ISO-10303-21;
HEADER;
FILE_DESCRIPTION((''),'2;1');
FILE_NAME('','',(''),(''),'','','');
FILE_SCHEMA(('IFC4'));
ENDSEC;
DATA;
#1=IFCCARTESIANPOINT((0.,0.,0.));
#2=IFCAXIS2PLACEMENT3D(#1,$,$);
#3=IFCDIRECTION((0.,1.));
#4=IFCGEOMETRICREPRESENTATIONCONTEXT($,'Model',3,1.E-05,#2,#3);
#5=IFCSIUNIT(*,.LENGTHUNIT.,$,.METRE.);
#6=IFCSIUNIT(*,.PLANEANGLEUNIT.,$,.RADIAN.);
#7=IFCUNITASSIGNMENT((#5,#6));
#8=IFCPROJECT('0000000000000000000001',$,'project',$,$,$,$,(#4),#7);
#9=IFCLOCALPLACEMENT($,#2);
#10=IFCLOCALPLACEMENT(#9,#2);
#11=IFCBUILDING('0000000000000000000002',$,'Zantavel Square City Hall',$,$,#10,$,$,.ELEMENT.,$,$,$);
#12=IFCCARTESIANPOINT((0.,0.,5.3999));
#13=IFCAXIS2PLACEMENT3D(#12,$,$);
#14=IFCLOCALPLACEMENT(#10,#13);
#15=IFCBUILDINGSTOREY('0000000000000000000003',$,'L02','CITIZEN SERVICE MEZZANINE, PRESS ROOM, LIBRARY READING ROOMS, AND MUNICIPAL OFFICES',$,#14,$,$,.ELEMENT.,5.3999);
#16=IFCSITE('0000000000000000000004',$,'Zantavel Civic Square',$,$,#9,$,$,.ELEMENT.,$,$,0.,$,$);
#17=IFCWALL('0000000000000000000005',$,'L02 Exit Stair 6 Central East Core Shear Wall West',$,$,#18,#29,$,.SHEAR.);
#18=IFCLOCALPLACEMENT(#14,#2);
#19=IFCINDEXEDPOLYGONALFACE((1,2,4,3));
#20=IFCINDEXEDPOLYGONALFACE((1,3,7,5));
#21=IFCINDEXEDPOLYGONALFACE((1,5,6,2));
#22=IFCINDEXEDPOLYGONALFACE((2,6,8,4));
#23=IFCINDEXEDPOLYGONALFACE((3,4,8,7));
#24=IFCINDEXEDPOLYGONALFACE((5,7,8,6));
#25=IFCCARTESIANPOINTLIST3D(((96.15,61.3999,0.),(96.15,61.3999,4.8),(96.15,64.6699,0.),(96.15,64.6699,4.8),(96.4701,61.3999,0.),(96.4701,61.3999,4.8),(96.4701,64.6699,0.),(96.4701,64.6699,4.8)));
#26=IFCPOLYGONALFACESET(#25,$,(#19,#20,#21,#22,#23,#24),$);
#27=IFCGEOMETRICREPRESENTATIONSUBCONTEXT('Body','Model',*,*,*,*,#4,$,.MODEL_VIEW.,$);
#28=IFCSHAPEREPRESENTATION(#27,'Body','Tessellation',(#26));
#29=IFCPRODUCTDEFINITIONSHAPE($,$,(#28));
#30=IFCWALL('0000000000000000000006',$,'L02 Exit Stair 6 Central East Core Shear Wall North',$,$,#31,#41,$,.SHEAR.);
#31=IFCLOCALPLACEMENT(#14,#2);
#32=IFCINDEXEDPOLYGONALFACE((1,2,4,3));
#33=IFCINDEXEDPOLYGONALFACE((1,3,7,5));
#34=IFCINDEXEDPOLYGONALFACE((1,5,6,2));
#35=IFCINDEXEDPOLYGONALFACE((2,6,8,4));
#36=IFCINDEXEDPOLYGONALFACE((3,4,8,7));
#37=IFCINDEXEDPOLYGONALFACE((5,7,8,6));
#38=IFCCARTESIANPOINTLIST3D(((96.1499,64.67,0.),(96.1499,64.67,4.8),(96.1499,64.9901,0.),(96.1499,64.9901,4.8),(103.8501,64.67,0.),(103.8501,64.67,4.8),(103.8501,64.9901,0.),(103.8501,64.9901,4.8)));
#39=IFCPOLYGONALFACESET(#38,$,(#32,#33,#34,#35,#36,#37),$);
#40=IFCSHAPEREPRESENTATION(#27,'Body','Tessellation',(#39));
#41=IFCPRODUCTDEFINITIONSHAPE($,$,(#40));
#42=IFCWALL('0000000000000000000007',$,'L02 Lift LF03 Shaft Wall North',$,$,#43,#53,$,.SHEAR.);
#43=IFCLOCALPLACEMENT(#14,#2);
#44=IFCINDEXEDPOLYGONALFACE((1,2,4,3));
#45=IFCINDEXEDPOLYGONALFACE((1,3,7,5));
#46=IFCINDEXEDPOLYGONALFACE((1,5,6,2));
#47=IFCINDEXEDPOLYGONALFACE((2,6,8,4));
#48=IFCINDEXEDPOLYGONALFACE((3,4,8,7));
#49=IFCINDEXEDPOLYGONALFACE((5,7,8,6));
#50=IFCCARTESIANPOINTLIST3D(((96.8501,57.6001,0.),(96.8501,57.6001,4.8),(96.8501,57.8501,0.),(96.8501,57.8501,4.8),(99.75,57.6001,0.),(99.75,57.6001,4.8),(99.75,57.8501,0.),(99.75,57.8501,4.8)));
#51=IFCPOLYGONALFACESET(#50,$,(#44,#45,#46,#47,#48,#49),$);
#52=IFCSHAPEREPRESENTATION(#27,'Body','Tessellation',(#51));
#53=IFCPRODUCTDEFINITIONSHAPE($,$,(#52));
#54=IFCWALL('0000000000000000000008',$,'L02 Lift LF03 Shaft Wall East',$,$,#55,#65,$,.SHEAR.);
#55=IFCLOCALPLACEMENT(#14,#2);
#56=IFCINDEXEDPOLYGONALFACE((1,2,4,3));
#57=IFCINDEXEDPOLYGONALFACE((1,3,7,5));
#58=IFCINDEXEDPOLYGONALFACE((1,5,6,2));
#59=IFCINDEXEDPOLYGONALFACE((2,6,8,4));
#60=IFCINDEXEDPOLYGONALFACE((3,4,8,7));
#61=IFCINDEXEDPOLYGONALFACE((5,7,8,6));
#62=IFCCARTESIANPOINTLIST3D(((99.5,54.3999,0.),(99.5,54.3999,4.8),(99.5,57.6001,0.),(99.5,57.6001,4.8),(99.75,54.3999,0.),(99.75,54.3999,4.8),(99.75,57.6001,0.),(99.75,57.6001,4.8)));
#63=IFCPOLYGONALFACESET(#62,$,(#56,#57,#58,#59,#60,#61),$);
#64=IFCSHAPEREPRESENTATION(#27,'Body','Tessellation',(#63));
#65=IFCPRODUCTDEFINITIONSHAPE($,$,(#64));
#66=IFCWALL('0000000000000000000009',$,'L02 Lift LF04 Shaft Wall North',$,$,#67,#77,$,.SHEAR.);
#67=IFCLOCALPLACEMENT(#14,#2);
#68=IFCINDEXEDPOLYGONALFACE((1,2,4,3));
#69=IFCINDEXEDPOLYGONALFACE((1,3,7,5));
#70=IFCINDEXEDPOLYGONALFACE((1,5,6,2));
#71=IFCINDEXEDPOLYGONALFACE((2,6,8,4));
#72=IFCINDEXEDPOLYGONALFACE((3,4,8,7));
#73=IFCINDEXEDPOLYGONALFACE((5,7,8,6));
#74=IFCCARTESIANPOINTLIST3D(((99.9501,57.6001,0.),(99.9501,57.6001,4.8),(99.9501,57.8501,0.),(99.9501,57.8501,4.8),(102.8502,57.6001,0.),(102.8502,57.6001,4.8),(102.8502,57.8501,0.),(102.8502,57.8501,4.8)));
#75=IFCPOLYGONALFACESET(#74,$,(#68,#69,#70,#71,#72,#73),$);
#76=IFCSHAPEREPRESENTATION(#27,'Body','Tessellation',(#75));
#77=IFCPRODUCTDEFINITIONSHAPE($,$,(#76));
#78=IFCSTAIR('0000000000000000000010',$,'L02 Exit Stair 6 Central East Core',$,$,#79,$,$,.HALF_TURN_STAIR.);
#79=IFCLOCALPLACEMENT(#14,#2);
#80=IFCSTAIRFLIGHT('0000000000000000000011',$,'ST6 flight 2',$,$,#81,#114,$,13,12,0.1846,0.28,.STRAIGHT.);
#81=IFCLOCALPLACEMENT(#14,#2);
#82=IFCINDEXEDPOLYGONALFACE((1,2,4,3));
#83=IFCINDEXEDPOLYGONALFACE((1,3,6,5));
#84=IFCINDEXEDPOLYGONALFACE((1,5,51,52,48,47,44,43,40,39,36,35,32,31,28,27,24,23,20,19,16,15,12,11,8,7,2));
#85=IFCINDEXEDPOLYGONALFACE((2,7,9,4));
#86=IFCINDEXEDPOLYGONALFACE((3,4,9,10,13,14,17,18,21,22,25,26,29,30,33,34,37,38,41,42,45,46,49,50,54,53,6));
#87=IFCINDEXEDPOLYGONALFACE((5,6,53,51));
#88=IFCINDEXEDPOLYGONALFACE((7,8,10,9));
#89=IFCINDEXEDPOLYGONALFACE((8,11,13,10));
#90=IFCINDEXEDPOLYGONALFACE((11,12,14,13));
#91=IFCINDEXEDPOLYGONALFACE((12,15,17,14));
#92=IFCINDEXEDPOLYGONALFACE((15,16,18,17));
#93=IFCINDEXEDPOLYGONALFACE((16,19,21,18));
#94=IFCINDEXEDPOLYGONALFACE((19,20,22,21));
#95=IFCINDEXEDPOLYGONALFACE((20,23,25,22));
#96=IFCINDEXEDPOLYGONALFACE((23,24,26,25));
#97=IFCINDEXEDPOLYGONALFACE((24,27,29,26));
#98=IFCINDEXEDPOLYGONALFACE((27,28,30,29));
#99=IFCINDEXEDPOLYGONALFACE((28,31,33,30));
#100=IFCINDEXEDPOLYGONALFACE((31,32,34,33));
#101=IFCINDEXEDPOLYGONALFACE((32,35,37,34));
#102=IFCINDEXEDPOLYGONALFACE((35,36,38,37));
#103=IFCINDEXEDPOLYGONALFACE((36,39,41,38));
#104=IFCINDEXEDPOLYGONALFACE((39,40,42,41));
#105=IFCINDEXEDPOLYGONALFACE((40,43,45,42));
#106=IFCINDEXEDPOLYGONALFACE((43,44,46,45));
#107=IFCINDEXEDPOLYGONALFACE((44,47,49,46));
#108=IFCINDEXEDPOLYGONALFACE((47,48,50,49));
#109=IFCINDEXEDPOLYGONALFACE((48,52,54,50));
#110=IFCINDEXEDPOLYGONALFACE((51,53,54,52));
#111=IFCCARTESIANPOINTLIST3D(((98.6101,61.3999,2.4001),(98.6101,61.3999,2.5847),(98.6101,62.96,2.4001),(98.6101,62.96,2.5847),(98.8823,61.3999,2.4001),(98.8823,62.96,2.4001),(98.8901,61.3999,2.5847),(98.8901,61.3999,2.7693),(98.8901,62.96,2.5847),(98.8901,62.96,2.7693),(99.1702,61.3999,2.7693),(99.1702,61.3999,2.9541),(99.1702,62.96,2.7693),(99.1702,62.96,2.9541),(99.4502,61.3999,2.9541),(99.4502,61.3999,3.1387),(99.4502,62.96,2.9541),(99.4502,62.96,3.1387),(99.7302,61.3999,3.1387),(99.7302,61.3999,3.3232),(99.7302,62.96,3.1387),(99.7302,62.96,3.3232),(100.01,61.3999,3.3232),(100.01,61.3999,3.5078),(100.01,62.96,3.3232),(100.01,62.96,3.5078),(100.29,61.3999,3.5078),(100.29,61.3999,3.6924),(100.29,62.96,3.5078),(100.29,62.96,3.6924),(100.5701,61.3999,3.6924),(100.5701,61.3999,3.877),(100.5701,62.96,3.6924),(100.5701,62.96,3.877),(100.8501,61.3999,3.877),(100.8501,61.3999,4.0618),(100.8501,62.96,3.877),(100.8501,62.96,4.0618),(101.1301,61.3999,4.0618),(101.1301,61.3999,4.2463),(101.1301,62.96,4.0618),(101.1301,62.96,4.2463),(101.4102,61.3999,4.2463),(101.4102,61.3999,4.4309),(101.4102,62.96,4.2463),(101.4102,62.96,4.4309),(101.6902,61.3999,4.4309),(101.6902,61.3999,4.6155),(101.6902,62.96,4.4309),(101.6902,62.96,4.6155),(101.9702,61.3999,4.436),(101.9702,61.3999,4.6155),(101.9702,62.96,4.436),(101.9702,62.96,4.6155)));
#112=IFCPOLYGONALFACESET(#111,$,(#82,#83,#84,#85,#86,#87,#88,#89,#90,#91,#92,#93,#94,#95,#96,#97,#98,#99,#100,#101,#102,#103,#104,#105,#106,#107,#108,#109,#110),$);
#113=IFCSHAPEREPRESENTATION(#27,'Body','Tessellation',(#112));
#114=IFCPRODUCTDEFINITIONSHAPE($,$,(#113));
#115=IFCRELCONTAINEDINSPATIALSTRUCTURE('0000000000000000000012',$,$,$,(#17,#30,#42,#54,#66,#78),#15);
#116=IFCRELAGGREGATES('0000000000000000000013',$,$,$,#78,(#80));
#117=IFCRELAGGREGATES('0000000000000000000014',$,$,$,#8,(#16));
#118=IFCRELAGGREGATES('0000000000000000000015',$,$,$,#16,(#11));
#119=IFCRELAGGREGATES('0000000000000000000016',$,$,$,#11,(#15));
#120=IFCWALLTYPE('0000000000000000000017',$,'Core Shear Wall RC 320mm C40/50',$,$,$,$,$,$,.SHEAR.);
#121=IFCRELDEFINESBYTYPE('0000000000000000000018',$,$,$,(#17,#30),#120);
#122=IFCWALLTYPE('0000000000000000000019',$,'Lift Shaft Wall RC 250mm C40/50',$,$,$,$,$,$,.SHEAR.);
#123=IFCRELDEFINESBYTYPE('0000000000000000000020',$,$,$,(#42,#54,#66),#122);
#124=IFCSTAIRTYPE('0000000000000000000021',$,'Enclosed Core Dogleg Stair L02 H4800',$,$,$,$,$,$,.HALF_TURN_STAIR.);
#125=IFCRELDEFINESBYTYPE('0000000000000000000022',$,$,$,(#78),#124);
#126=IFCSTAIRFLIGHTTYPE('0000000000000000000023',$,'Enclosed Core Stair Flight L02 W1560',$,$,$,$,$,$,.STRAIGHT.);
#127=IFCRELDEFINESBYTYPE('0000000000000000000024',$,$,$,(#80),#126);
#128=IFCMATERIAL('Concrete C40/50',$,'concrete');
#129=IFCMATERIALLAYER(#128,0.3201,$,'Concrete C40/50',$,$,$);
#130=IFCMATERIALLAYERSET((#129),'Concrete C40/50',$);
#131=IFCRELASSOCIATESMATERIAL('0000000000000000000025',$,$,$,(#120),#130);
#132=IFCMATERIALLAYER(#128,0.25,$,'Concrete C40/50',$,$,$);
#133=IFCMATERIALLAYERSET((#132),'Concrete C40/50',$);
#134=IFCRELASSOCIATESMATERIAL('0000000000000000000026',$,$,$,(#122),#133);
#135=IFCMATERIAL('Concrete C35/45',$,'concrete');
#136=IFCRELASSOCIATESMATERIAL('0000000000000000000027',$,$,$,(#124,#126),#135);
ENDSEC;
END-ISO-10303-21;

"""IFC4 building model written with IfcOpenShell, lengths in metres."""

from ifc_helpers import new_model, si_unit, direction, frame, frame_2d, origin, place, context, subcontext, project, spatial, polyline, rectangle, outline, extrude, material, layer, layer_set, type_object, element, aggregate, save


model = new_model("IFC4")

# Units and contexts
model_context = context("Model", 3, precision=1e-05, world=origin(), true_north=direction((0.0, 1.0)))
body_context = subcontext(model_context, "Body", "Model", "MODEL_VIEW")
ifc_project = project(units=[si_unit("LENGTHUNIT", "METRE"), si_unit("PLANEANGLEUNIT", "RADIAN")], contexts=[model_context])

# Site, building, storey
site_placement = place(None, origin())
site = spatial("IfcSite", under=ifc_project, at=site_placement, Name="Zantavel Civic Square", CompositionType="ELEMENT", RefElevation=0.0)
building_placement = place(site_placement, origin())
building = spatial("IfcBuilding", under=site, at=building_placement, Name="Zantavel Square City Hall", CompositionType="ELEMENT")
storey_placement = place(building_placement, frame((0.0, 0.0, 5.3999)))
storey = spatial("IfcBuildingStorey", under=building, at=storey_placement, Name="L02", Description="CITIZEN SERVICE MEZZANINE, PRESS ROOM, LIBRARY READING ROOMS, AND MUNICIPAL OFFICES", CompositionType="ELEMENT", Elevation=5.3999)

# Shared definitions
ifc_material_1 = material(Name="Concrete C40/50", Category="concrete")

# Shared definitions
ifc_material_2 = material(Name="Concrete C35/45", Category="concrete")

# Walls
ifc_layer_1 = layer(ifc_material_1, 0.3201, Name="Concrete C40/50")
ifc_layer_set_1 = layer_set([ifc_layer_1], Name="Concrete C40/50")
wall_type_1 = type_object("IfcWallType", Name="Core Shear Wall RC 320mm C40/50", PredefinedType="SHEAR", material=ifc_layer_set_1)
wall_1_placement = place(storey_placement, frame((96.3101, 61.3999, 0.0), z_axis=(0.0, 0.0, 1.0), x_axis=(0.0, 1.0, 0.0)))
element("IfcWall", 1, at=wall_1_placement, inside=storey, type_object=wall_type_1, Name="L02 Exit Stair 6 Central East Core Shear Wall West", PredefinedType="SHEAR", context=body_context, shape_type="SweptSolid", body=[
    extrude(rectangle(XDim=3.27, YDim=0.3201, at=frame_2d((1.635, 0.0))), origin(), (0.0, 0.0, 1.0), 4.8),
])
wall_2_placement = place(storey_placement, frame((96.1499, 64.8301, 0.0), z_axis=(0.0, 0.0, 1.0), x_axis=(1.0, 0.0, 0.0)))
element("IfcWall", 2, at=wall_2_placement, inside=storey, type_object=wall_type_1, Name="L02 Exit Stair 6 Central East Core Shear Wall North", PredefinedType="SHEAR", context=body_context, shape_type="SweptSolid", body=[
    extrude(rectangle(XDim=7.7002, YDim=0.3201, at=frame_2d((3.8501, 0.0))), origin(), (0.0, 0.0, 1.0), 4.8),
])
ifc_layer_2 = layer(ifc_material_1, 0.25, Name="Concrete C40/50")
ifc_layer_set_2 = layer_set([ifc_layer_2], Name="Concrete C40/50")
wall_type_2 = type_object("IfcWallType", Name="Lift Shaft Wall RC 250mm C40/50", PredefinedType="SHEAR", material=ifc_layer_set_2)
wall_3_placement = place(storey_placement, frame((96.8501, 57.7251, 0.0), z_axis=(0.0, 0.0, 1.0), x_axis=(1.0, 0.0, 0.0)))
element("IfcWall", 3, at=wall_3_placement, inside=storey, type_object=wall_type_2, Name="L02 Lift LF03 Shaft Wall North", PredefinedType="SHEAR", context=body_context, shape_type="SweptSolid", body=[
    extrude(rectangle(XDim=2.8999, YDim=0.25, at=frame_2d((1.45, 0.0))), origin(), (0.0, 0.0, 1.0), 4.8),
])
wall_4_placement = place(storey_placement, frame((99.625, 57.6001, 0.0), z_axis=(0.0, 0.0, 1.0), x_axis=(0.0, -1.0, 0.0)))
element("IfcWall", 4, at=wall_4_placement, inside=storey, type_object=wall_type_2, Name="L02 Lift LF03 Shaft Wall East", PredefinedType="SHEAR", context=body_context, shape_type="SweptSolid", body=[
    extrude(rectangle(XDim=3.2002, YDim=0.25, at=frame_2d((1.6001, 0.0))), origin(), (0.0, 0.0, 1.0), 4.8),
])
wall_5_placement = place(storey_placement, frame((99.95, 57.7251, 0.0), z_axis=(0.0, 0.0, 1.0), x_axis=(1.0, 0.0, 0.0)))
element("IfcWall", 5, at=wall_5_placement, inside=storey, type_object=wall_type_2, Name="L02 Lift LF04 Shaft Wall North", PredefinedType="SHEAR", context=body_context, shape_type="SweptSolid", body=[
    extrude(rectangle(XDim=2.9001, YDim=0.25, at=frame_2d((1.4502, 0.0))), origin(), (0.0, 0.0, 1.0), 4.8),
])

# Stair, stair flight
stair_type = type_object("IfcStairType", Name="Enclosed Core Dogleg Stair L02 H4800", PredefinedType="HALF_TURN_STAIR", material=ifc_material_2)
stair_placement = place(storey_placement, origin())
stair = element("IfcStair", 6, at=stair_placement, inside=storey, type_object=stair_type, Name="L02 Exit Stair 6 Central East Core", PredefinedType="HALF_TURN_STAIR")
stair_flight_type = type_object("IfcStairFlightType", Name="Enclosed Core Stair Flight L02 W1560", PredefinedType="STRAIGHT", material=ifc_material_2)
stair_flight_placement = place(storey_placement, frame((98.6101, 62.1799, 2.4001), z_axis=(0.0, 0.0, 1.0), x_axis=(1.0, 0.0, 0.0)))
stair_flight = element("IfcStairFlight", 7, at=stair_flight_placement, type_object=stair_flight_type, Name="ST6 flight 2", NumberOfRisers=13, NumberOfTreads=12, PredefinedType="STRAIGHT", RiserHeight=0.1846, TreadLength=0.28, context=body_context, shape_type="SweptSolid", body=[
    extrude(outline(polyline([(0.0, 0.0), (0.0, 0.1846), (0.28, 0.1846), (0.28, 0.3691), (0.5601, 0.3691), (0.5601, 0.554), (0.8401, 0.554), (0.8401, 0.7385), (1.1201, 0.7385), (1.1201, 0.9231), (1.3999, 0.9231), (1.3999, 1.1077), (1.6799, 1.1077), (1.6799, 1.2922), (1.96, 1.2922), (1.96, 1.4768), (2.24, 1.4768), (2.24, 1.6616), (2.52, 1.6616), (2.52, 1.8462), (2.8, 1.8462), (2.8, 2.0308), (3.0801, 2.0308), (3.0801, 2.2153), (3.3601, 2.2153), (3.3601, 2.3999), (3.3601, 2.0359), (0.2722, 0.0), (0.0, 0.0)])), frame((0.0, 0.78, 0.0), z_axis=(0.0, -1.0, 0.0), x_axis=(1.0, 0.0, 0.0)), (0.0, 0.0, 1.0), 1.5601),
])
aggregate(stair, [stair_flight])

save(model, "model.ifc")
